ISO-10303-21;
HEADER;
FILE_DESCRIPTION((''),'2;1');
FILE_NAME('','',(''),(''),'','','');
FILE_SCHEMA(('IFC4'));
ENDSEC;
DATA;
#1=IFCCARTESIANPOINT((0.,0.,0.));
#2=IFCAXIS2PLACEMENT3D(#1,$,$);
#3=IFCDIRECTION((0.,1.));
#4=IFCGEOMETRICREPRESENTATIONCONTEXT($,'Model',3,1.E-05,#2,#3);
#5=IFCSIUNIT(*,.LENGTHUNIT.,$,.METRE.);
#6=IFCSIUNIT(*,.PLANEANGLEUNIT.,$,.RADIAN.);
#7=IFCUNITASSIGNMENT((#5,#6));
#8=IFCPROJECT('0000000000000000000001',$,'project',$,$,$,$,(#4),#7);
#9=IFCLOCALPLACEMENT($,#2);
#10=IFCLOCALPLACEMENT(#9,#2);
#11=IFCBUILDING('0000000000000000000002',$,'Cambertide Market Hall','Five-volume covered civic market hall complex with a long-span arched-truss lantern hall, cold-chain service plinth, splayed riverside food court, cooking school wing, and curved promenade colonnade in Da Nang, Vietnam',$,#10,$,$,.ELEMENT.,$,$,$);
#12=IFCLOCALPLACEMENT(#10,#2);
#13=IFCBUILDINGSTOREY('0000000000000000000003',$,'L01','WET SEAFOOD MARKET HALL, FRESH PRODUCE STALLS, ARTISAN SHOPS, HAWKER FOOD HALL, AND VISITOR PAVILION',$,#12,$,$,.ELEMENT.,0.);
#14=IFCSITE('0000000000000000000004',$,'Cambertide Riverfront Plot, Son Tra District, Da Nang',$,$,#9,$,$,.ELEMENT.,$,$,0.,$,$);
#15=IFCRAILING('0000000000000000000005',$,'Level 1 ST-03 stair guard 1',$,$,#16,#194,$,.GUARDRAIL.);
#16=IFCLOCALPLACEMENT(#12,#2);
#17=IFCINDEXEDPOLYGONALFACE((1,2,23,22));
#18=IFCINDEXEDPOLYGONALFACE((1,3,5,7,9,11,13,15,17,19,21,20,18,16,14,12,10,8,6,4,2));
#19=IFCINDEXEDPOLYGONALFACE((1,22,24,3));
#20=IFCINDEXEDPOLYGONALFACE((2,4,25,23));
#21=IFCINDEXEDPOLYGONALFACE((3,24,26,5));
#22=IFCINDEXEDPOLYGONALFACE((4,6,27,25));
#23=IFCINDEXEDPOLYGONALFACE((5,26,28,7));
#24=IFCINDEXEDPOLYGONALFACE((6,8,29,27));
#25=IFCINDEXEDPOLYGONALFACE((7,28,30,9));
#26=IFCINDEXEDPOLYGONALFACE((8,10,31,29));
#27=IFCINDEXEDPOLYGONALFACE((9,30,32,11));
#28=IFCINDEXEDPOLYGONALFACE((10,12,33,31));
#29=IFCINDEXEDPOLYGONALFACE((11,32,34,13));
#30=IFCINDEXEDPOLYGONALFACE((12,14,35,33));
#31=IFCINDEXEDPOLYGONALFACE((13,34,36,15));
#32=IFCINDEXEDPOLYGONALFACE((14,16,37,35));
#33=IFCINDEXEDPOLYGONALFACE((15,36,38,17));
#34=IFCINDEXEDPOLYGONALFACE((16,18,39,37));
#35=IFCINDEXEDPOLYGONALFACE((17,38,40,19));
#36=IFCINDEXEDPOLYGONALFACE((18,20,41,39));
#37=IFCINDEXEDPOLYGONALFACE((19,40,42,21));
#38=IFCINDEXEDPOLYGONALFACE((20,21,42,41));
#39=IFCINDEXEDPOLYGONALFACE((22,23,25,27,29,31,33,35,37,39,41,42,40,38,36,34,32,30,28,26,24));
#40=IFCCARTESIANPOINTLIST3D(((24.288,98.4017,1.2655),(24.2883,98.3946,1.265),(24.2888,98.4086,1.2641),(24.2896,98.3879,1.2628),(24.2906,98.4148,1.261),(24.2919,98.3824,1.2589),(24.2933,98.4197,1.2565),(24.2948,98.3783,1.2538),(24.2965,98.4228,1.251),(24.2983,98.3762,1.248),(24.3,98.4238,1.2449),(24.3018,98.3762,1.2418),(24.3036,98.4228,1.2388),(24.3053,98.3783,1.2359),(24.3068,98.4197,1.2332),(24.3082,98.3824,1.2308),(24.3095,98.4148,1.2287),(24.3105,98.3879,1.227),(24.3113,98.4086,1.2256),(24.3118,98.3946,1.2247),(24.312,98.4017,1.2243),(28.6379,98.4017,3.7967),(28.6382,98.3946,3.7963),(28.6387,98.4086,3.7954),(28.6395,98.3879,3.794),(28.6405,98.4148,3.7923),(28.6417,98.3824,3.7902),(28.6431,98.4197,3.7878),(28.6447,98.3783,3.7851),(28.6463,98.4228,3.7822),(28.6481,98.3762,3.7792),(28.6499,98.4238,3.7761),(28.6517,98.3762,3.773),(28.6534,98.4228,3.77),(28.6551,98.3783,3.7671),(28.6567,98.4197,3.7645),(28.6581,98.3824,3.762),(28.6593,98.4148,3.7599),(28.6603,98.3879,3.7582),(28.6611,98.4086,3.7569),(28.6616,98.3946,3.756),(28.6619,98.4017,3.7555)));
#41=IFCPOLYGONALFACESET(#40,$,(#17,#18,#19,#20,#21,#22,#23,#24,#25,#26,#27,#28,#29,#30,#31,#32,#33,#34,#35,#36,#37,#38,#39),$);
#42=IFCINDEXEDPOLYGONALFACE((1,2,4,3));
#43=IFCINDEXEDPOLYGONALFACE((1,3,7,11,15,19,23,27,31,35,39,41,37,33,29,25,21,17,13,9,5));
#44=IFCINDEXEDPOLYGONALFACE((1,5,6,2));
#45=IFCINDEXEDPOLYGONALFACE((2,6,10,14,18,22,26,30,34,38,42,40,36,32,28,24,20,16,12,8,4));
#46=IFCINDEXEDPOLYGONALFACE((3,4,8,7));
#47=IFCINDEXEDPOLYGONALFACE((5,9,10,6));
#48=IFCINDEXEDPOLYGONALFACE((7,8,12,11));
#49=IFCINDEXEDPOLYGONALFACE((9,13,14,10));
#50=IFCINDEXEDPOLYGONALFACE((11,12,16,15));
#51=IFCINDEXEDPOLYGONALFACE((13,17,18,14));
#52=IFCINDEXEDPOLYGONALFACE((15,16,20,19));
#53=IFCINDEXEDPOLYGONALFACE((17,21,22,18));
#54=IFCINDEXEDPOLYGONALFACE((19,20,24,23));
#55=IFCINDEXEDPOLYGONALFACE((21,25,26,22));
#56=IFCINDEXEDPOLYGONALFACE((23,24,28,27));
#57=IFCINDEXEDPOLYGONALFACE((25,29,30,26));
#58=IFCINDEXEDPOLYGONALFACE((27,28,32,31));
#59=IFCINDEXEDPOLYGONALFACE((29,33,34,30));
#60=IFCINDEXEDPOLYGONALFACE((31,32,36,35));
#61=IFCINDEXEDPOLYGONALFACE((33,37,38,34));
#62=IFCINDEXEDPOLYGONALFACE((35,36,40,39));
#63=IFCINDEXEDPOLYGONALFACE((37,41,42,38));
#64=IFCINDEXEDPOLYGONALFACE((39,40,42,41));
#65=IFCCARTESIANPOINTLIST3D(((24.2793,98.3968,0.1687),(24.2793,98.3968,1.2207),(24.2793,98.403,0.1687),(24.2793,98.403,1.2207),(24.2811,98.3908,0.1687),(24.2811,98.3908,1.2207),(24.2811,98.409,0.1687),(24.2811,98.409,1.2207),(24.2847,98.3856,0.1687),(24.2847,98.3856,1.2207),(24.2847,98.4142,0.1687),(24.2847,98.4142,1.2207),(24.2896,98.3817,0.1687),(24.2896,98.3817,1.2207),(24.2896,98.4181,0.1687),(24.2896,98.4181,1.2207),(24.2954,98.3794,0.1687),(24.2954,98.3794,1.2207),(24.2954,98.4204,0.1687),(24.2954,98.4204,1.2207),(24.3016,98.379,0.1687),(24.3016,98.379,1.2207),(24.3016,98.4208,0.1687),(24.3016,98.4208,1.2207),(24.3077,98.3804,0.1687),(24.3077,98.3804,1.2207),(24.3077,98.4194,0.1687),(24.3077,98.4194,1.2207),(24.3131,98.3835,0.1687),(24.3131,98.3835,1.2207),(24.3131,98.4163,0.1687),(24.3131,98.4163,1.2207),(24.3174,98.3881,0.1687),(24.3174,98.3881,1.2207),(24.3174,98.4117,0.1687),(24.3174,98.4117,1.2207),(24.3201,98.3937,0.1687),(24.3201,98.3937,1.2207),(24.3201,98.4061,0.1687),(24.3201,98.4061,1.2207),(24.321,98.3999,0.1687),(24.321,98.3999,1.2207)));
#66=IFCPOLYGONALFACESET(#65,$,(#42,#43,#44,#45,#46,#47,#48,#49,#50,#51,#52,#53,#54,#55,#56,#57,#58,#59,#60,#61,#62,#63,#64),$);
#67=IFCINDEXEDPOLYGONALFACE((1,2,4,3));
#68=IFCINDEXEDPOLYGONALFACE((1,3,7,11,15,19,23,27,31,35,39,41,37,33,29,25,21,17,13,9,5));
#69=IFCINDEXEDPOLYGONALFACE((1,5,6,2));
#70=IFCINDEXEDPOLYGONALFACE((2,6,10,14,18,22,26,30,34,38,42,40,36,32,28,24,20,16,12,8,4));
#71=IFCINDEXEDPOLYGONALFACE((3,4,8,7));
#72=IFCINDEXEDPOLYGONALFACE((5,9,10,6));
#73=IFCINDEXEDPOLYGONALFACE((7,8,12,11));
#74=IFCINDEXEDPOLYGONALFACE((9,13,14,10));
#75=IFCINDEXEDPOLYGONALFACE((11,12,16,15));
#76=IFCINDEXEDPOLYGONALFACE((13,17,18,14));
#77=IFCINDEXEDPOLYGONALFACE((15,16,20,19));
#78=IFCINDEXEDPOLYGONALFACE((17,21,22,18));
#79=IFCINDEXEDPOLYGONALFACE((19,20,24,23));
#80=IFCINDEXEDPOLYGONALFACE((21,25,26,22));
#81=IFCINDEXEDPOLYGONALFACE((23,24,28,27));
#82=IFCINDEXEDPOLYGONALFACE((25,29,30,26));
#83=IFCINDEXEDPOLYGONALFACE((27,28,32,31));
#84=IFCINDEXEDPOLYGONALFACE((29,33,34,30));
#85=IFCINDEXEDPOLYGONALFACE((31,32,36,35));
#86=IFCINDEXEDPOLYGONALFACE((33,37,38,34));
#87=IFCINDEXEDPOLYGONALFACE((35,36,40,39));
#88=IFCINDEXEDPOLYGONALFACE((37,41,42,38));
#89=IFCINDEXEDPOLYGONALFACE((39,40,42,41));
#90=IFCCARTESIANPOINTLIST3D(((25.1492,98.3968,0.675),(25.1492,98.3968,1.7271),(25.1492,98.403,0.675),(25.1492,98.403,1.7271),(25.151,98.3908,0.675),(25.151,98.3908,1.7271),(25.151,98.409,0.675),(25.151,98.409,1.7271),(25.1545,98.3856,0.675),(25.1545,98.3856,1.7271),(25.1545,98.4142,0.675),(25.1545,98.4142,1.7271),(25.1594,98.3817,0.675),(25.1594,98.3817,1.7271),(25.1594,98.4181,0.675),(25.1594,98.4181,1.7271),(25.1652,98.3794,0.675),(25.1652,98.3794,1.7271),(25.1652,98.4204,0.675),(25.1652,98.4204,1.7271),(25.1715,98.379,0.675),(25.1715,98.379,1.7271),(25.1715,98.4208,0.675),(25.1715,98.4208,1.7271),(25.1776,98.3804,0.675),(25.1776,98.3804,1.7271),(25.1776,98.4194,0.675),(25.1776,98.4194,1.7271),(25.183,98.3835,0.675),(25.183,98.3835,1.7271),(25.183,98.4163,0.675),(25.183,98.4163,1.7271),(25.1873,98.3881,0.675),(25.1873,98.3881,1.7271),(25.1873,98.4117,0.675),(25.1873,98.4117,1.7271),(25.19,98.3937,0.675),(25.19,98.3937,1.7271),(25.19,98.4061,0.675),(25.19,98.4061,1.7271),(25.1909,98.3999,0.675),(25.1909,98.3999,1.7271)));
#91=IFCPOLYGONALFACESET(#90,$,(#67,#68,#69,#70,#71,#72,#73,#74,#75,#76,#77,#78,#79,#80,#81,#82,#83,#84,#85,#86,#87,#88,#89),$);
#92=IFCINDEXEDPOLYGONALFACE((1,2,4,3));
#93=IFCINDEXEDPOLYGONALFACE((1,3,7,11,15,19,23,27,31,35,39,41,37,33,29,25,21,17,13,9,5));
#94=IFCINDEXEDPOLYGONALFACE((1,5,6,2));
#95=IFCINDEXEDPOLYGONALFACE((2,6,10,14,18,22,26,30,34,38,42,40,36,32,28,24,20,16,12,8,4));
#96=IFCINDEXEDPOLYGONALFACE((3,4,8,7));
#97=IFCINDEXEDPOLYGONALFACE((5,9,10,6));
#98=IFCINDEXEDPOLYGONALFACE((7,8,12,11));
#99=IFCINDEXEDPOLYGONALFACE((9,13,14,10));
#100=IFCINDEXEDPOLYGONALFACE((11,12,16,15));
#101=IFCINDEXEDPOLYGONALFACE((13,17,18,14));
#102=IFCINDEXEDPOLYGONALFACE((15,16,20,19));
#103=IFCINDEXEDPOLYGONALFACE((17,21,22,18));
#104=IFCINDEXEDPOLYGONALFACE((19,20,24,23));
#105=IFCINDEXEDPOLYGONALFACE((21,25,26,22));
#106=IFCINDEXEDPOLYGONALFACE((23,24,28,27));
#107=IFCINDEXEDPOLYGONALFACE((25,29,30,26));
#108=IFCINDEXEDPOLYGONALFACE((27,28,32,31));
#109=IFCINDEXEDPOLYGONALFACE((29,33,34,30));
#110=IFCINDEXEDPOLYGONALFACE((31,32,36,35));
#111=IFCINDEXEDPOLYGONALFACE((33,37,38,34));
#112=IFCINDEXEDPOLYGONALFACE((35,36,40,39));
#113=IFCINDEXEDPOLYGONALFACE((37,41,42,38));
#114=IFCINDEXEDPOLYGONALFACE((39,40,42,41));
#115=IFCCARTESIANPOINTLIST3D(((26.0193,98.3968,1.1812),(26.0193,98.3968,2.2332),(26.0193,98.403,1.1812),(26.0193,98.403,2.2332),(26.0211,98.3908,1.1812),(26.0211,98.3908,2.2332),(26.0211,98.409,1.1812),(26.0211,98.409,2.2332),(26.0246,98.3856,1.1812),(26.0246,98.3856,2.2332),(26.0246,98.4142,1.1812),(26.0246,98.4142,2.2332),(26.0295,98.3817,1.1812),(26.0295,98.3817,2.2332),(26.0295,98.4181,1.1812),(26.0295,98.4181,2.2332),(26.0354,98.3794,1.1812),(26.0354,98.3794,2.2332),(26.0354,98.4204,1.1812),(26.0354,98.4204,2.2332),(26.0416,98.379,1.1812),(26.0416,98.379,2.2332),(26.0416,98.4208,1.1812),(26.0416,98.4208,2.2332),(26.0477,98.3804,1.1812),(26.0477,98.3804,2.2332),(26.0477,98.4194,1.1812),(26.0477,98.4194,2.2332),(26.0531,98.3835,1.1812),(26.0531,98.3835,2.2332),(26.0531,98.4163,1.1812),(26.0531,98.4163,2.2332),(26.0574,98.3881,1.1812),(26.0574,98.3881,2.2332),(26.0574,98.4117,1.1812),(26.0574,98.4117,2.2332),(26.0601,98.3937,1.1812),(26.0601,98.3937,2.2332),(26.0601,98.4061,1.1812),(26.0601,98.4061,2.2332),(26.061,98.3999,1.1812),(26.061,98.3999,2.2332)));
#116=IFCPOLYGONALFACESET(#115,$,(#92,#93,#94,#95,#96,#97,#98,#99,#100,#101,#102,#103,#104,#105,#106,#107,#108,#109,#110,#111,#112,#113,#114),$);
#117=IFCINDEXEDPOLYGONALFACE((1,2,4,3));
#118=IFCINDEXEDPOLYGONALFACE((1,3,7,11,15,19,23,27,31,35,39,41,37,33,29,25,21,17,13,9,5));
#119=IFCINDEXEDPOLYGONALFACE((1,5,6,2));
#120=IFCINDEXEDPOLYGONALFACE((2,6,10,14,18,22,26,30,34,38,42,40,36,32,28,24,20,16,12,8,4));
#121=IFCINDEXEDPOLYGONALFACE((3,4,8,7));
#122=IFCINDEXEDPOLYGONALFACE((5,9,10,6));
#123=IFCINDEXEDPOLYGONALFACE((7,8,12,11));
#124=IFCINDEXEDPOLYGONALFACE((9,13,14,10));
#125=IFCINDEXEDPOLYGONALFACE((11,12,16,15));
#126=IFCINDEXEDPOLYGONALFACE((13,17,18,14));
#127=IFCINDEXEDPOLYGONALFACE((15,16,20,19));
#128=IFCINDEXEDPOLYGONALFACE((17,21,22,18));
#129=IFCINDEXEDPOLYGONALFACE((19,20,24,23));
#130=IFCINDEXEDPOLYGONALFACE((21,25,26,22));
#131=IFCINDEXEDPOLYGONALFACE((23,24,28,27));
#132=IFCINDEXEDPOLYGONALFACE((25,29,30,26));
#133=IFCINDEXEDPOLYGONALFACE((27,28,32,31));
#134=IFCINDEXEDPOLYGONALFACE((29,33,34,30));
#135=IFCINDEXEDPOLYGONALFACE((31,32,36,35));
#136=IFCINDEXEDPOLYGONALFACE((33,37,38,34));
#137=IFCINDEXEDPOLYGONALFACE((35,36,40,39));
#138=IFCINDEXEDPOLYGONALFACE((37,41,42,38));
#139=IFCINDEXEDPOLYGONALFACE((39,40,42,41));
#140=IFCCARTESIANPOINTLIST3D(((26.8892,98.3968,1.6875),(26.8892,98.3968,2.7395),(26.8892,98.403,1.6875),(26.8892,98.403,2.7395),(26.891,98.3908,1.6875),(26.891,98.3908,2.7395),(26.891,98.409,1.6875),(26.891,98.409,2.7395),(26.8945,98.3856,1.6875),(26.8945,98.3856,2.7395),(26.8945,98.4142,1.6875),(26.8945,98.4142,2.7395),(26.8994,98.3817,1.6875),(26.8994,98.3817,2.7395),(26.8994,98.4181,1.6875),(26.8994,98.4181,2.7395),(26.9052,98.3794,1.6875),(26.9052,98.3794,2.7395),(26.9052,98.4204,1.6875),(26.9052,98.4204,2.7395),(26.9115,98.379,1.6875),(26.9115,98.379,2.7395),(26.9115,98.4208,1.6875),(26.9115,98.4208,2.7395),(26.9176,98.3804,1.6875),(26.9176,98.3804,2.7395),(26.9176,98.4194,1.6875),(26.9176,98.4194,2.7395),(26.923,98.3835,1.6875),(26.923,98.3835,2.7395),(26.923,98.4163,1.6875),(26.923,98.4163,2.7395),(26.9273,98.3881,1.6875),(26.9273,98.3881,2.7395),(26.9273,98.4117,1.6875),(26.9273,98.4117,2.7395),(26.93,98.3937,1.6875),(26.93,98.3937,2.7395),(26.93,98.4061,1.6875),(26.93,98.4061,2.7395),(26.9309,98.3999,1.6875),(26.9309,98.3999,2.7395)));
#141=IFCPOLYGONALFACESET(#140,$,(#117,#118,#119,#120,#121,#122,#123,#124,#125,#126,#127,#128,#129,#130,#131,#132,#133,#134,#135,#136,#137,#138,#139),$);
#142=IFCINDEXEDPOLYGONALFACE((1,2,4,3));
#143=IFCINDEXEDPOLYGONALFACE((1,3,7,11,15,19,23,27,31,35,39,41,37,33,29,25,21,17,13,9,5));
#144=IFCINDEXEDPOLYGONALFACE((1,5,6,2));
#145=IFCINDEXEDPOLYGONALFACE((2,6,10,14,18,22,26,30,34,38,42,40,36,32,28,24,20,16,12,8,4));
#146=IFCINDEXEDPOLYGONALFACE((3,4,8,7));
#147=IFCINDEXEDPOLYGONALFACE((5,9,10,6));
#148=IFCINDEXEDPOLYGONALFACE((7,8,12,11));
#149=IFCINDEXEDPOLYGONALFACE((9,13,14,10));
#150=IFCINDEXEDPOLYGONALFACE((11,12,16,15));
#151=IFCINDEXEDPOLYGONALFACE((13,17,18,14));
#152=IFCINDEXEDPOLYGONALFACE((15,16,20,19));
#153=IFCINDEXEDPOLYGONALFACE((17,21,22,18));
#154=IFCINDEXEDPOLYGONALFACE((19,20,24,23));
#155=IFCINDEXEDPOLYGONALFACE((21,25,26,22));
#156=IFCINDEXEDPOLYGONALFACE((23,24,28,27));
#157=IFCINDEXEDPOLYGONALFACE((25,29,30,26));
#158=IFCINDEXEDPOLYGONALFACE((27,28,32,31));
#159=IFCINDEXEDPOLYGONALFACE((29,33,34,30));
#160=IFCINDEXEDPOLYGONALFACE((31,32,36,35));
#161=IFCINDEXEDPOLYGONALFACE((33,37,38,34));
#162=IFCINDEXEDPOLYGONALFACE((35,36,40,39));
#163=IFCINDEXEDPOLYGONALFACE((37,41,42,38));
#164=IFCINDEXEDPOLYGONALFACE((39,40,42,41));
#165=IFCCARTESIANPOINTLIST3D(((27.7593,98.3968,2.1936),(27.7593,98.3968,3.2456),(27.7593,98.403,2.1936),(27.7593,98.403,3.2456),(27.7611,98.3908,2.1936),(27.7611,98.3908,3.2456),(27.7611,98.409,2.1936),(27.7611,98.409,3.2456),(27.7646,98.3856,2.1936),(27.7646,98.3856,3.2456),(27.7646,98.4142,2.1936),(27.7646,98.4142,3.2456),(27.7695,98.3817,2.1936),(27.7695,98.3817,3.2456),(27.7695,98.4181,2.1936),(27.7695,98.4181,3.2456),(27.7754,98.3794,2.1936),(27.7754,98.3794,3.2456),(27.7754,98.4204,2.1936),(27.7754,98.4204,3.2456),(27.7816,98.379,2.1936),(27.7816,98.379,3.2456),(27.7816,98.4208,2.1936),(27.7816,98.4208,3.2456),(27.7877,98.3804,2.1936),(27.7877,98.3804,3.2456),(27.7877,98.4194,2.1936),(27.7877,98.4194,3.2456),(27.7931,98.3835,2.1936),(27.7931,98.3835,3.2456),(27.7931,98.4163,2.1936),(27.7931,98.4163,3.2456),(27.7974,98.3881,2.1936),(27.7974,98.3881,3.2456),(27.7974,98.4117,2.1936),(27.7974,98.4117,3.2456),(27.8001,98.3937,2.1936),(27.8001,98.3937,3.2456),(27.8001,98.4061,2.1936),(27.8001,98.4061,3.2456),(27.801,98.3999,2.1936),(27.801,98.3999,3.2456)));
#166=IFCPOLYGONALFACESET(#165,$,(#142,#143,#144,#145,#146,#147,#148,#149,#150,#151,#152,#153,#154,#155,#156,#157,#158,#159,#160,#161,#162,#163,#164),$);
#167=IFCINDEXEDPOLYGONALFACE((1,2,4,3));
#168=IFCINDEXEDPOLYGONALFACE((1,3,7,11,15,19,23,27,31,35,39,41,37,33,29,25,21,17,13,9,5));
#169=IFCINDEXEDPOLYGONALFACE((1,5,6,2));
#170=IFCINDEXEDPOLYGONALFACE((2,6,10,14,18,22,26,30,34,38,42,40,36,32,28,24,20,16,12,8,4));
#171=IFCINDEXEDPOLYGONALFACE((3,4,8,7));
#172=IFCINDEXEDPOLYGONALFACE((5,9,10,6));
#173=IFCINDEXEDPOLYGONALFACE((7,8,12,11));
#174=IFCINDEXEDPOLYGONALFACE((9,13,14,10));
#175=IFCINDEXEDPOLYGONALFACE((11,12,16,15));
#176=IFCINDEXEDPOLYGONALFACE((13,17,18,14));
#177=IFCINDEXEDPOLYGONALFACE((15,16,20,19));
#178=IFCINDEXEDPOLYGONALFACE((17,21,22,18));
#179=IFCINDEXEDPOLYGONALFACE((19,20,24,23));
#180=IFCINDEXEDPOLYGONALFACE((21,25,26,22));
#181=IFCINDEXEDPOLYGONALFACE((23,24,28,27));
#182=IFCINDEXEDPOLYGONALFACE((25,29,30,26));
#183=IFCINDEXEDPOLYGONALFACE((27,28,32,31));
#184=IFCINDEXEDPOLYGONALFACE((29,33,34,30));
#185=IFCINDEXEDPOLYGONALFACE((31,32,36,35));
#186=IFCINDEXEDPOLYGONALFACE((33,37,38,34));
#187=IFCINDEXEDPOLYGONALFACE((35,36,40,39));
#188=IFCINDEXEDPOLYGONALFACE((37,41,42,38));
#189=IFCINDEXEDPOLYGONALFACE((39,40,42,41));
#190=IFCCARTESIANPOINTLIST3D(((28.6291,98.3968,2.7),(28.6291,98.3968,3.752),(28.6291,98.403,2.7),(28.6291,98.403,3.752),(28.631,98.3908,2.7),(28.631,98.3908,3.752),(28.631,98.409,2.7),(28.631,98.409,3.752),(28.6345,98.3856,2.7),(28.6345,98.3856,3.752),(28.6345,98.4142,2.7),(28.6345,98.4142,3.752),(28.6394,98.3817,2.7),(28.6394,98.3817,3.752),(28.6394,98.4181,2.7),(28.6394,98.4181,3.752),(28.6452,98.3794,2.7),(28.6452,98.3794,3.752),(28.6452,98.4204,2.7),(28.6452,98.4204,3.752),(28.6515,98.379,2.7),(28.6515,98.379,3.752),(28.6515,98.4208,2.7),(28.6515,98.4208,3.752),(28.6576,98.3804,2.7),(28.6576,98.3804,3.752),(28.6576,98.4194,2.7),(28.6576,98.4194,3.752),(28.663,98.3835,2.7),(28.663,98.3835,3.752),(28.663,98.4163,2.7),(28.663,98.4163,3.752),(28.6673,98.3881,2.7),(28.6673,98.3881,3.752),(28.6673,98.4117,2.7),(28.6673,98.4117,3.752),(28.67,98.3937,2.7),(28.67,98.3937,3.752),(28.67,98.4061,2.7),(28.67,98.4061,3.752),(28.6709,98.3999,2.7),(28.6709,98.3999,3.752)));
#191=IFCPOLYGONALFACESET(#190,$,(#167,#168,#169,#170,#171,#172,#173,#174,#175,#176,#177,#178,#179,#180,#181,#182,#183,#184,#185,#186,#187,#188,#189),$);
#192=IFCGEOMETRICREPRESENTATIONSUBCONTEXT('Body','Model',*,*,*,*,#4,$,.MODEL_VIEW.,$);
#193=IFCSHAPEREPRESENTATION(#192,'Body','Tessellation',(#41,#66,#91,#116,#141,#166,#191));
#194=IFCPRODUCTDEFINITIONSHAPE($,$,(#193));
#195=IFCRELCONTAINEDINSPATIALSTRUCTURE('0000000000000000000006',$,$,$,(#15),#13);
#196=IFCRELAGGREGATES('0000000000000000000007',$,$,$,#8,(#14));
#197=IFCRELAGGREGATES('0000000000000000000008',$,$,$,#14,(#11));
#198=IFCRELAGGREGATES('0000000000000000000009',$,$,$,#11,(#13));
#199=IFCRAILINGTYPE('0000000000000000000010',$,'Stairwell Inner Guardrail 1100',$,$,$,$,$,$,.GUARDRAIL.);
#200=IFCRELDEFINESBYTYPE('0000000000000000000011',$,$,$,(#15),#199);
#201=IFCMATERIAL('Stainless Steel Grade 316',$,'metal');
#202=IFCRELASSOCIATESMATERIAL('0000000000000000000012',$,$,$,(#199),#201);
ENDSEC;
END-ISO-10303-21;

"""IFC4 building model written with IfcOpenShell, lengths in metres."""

from ifc_helpers import new_model, si_unit, direction, frame, origin, origin_2d, place, context, subcontext, project, spatial, circle, extrude, material, type_object, element, save


model = new_model("IFC4")

# Units and contexts
model_context = context("Model", 3, precision=1e-05, world=origin(), true_north=direction((0.0, 1.0)))
body_context = subcontext(model_context, "Body", "Model", "MODEL_VIEW")
ifc_project = project(units=[si_unit("LENGTHUNIT", "METRE"), si_unit("PLANEANGLEUNIT", "RADIAN")], contexts=[model_context])

# Site, building, storey
site_placement = place(None, origin())
site = spatial("IfcSite", under=ifc_project, at=site_placement, Name="Cambertide Riverfront Plot, Son Tra District, Da Nang", CompositionType="ELEMENT", RefElevation=0.0)
building_placement = place(site_placement, origin())
building = spatial("IfcBuilding", under=site, at=building_placement, Name="Cambertide Market Hall", Description="Five-volume covered civic market hall complex with a long-span arched-truss lantern hall, cold-chain service plinth, splayed riverside food court, cooking school wing, and curved promenade colonnade in Da Nang, Vietnam", CompositionType="ELEMENT")
storey_placement = place(building_placement, origin())
storey = spatial("IfcBuildingStorey", under=building, at=storey_placement, Name="L01", Description="WET SEAFOOD MARKET HALL, FRESH PRODUCE STALLS, ARTISAN SHOPS, HAWKER FOOD HALL, AND VISITOR PAVILION", CompositionType="ELEMENT", Elevation=0.0)

# Railing
ifc_material_1 = material(Name="Stainless Steel Grade 316", Category="metal")
railing_type_1 = type_object("IfcRailingType", Name="Stairwell Inner Guardrail 1100", PredefinedType="GUARDRAIL", material=ifc_material_1)
railing_1_placement = place(storey_placement, frame((24.3, 98.3999, 0.1687)))
element("IfcRailing", 1, at=railing_1_placement, inside=storey, type_object=railing_type_1, Name="Level 1 ST-03 stair guard 1", PredefinedType="GUARDRAIL", context=body_context, shape_type="SweptSolid", body=[
    extrude(circle(Radius=0.0239, at=origin_2d()), frame((0.0, 0.0, 1.0762), z_axis=(0.864312, 0.0, 0.502957), x_axis=(0.0, 1.0, 0.0)), (0.0, 0.0, 1.0), 5.0327),
    extrude(circle(Radius=0.021, at=origin_2d()), origin(), (0.0, 0.0, 1.0), 1.052),
    extrude(circle(Radius=0.021, at=origin_2d()), frame((0.8699, 0.0, 0.5063)), (0.0, 0.0, 1.0), 1.052),
    extrude(circle(Radius=0.021, at=origin_2d()), frame((1.74, 0.0, 1.0125)), (0.0, 0.0, 1.0), 1.052),
    extrude(circle(Radius=0.021, at=origin_2d()), frame((2.6099, 0.0, 1.5188)), (0.0, 0.0, 1.0), 1.052),
    extrude(circle(Radius=0.021, at=origin_2d()), frame((3.48, 0.0, 2.0249)), (0.0, 0.0, 1.0), 1.052),
    extrude(circle(Radius=0.021, at=origin_2d()), frame((4.3499, 0.0, 2.5312)), (0.0, 0.0, 1.0), 1.052),
])

save(model, "model.ifc")
